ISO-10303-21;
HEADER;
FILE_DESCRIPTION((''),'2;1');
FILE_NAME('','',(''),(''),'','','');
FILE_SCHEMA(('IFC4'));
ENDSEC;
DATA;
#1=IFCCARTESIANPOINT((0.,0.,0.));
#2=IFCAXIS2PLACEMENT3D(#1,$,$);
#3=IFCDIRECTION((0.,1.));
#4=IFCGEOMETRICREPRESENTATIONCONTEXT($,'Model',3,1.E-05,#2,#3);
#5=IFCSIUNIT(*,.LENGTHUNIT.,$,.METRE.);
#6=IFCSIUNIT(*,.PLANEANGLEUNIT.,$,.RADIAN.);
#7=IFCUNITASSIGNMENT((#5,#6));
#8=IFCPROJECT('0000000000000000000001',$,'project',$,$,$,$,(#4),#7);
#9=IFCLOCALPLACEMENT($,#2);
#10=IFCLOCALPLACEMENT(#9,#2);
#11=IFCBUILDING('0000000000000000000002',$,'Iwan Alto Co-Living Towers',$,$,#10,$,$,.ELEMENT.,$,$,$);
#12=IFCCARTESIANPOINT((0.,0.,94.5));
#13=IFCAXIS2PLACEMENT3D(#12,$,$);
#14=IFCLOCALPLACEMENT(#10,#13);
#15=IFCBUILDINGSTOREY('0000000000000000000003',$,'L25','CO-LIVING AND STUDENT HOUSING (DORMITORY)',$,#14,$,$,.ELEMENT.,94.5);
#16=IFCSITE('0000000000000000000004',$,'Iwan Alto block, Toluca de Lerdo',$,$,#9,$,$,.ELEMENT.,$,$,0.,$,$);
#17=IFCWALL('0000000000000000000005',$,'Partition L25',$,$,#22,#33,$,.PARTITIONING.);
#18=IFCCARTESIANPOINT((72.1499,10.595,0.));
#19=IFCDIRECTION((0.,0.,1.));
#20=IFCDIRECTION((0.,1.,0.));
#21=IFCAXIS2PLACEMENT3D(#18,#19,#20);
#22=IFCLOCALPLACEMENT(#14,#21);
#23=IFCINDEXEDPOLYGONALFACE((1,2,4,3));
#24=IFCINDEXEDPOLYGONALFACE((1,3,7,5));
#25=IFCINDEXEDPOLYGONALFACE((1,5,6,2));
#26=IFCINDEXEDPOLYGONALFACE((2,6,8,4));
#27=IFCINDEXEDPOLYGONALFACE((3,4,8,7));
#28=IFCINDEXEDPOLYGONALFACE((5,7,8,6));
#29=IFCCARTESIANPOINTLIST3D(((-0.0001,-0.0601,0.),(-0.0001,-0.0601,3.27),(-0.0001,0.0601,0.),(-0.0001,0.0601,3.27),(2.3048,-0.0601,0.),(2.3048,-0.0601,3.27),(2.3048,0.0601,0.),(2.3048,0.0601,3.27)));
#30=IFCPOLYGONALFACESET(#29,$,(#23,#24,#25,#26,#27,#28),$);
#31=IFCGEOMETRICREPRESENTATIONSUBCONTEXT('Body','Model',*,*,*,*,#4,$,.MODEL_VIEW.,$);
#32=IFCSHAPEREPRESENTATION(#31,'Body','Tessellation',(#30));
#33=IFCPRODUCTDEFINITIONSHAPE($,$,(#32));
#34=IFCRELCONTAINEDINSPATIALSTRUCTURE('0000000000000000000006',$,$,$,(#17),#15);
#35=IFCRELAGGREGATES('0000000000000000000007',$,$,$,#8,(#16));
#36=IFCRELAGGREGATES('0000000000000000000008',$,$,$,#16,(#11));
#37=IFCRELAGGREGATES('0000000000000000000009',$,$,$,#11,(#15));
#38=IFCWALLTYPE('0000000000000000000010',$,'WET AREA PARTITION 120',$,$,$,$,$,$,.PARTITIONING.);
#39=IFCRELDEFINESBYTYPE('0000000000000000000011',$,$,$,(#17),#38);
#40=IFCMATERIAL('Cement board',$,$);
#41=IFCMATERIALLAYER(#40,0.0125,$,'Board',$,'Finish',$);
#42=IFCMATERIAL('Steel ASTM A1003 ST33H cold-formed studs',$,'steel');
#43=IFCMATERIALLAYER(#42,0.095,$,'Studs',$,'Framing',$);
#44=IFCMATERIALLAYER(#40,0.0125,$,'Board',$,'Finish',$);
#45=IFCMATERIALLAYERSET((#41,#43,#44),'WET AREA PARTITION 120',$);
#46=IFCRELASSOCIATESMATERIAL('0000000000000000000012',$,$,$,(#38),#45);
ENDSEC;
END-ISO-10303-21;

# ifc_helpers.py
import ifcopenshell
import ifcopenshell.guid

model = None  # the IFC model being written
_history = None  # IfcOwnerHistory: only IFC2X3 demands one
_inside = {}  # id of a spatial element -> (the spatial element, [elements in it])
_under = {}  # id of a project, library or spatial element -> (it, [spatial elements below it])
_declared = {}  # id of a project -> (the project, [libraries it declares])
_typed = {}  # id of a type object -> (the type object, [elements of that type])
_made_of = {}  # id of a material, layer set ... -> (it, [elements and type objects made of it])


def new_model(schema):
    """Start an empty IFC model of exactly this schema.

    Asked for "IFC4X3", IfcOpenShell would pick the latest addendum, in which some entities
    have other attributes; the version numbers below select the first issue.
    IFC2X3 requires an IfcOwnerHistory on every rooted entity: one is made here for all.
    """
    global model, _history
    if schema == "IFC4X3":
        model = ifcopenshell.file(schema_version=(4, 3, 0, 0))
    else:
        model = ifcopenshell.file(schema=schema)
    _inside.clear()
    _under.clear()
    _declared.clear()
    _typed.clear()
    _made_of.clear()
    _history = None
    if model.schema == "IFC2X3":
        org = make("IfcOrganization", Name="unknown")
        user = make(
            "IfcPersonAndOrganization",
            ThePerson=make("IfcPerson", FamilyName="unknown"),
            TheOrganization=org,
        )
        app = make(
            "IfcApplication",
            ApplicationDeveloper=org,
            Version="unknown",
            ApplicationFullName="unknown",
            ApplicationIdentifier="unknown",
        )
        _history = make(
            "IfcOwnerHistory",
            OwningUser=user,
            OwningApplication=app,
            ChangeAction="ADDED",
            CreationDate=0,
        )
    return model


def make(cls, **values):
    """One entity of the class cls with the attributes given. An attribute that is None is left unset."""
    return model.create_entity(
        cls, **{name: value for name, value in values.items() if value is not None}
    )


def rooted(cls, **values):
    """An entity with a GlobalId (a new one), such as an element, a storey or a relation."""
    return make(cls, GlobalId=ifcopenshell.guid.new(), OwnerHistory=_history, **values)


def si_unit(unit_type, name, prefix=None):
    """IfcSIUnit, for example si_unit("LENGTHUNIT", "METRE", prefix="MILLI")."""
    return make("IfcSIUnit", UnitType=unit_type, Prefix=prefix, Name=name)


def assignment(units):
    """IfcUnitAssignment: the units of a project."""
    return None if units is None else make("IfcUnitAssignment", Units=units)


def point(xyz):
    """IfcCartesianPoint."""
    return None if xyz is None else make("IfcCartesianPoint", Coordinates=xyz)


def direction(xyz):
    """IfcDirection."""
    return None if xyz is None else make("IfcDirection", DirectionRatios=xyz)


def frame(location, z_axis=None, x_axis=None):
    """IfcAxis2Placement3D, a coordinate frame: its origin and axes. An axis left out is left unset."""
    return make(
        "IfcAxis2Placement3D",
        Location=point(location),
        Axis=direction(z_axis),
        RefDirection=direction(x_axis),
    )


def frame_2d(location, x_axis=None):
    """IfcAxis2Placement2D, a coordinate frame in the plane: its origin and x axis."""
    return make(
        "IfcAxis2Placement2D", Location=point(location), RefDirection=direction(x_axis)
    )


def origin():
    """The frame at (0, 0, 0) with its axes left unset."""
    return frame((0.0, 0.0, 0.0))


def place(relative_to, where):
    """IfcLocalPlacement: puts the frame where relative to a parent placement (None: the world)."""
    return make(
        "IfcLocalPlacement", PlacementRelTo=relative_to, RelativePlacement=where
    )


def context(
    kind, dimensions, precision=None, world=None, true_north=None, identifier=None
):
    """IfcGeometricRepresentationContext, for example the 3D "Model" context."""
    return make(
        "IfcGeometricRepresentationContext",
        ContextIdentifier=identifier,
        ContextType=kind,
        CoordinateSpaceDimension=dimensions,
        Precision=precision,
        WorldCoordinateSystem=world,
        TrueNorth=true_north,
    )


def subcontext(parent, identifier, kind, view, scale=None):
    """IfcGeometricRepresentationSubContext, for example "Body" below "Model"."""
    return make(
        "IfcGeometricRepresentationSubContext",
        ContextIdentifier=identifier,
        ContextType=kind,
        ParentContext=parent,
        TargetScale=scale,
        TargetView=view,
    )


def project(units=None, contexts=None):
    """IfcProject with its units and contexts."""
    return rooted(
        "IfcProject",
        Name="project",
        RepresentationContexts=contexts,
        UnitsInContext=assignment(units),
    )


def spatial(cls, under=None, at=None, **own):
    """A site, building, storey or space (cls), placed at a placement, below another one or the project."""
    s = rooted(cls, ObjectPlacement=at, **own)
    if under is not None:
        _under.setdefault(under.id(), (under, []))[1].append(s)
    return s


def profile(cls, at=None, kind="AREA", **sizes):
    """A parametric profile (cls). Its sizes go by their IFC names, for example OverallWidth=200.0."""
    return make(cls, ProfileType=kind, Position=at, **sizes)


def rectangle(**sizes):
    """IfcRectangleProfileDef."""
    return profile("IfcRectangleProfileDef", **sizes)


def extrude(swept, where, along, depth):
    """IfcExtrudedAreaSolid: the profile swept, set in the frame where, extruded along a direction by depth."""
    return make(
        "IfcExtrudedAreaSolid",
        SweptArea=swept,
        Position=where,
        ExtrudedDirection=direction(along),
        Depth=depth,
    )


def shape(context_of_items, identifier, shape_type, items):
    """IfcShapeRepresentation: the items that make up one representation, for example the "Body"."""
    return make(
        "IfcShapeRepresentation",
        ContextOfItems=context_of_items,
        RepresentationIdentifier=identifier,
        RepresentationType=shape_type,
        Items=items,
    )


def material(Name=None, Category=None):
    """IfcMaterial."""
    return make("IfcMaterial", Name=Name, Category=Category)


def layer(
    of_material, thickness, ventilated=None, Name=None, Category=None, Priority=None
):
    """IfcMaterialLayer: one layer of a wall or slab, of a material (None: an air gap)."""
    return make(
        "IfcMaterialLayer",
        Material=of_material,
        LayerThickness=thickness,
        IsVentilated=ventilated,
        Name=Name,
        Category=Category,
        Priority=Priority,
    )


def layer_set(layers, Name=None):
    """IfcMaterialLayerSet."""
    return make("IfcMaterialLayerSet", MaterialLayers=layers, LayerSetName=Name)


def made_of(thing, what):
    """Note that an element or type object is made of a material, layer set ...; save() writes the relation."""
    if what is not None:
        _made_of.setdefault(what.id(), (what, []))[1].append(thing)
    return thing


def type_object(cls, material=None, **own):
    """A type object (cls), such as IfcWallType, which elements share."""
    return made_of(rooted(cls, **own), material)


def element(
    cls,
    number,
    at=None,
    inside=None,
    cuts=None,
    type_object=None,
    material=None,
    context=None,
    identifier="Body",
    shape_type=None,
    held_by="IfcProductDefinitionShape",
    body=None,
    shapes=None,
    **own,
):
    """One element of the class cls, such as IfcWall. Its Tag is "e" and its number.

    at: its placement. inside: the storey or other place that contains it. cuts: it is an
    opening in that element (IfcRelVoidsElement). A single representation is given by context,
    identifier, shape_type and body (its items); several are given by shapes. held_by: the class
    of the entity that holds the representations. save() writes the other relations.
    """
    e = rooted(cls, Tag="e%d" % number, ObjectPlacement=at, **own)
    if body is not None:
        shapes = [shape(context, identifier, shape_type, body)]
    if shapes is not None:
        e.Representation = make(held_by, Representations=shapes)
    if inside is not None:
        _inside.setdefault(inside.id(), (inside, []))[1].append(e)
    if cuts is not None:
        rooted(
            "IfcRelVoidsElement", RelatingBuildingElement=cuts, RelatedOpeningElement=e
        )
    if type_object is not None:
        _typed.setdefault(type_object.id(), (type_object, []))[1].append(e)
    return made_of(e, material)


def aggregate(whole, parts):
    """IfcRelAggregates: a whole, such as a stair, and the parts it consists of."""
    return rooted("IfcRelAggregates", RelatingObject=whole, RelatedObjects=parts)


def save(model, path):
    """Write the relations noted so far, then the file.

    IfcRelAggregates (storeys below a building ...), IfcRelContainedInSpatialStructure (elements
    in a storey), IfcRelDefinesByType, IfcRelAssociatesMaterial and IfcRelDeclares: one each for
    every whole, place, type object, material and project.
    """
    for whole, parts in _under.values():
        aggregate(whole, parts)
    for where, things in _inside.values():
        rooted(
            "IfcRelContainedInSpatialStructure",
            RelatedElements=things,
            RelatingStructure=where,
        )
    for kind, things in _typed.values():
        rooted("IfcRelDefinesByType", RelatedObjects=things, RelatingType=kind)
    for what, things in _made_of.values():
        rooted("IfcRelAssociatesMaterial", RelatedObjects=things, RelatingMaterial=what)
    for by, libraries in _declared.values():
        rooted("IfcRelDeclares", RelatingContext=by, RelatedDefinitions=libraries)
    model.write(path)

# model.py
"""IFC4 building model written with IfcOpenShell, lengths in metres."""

from ifc_helpers import new_model, si_unit, direction, frame, frame_2d, origin, place, context, subcontext, project, spatial, rectangle, extrude, material, layer, layer_set, type_object, element, save


model = new_model("IFC4")

# Units and contexts
model_context = context("Model", 3, precision=1e-05, world=origin(), true_north=direction((0.0, 1.0)))
body_context = subcontext(model_context, "Body", "Model", "MODEL_VIEW")
ifc_project = project(units=[si_unit("LENGTHUNIT", "METRE"), si_unit("PLANEANGLEUNIT", "RADIAN")], contexts=[model_context])

# Site, building, storey
site_placement = place(None, origin())
site = spatial("IfcSite", under=ifc_project, at=site_placement, Name="Iwan Alto block, Toluca de Lerdo", CompositionType="ELEMENT", RefElevation=0.0)
building_placement = place(site_placement, origin())
building = spatial("IfcBuilding", under=site, at=building_placement, Name="Iwan Alto Co-Living Towers", CompositionType="ELEMENT")
storey_placement = place(building_placement, frame((0.0, 0.0, 94.5)))
storey = spatial("IfcBuildingStorey", under=building, at=storey_placement, Name="L25", Description="CO-LIVING AND STUDENT HOUSING (DORMITORY)", CompositionType="ELEMENT", Elevation=94.5)

# Wall
ifc_material_1 = material(Name="Cement board")
ifc_layer_1 = layer(ifc_material_1, 0.0125, Name="Board", Category="Finish")
ifc_material_2 = material(Name="Steel ASTM A1003 ST33H cold-formed studs", Category="steel")
ifc_layer_2 = layer(ifc_material_2, 0.095, Name="Studs", Category="Framing")
ifc_layer_3 = layer(ifc_material_1, 0.0125, Name="Board", Category="Finish")
ifc_layer_set_1 = layer_set([ifc_layer_1, ifc_layer_2, ifc_layer_3], Name="WET AREA PARTITION 120")
wall_type = type_object("IfcWallType", Name="WET AREA PARTITION 120", PredefinedType="PARTITIONING", material=ifc_layer_set_1)
wall_placement = place(storey_placement, frame((72.1499, 10.595, 0.0), z_axis=(0.0, 0.0, 1.0), x_axis=(0.0, 1.0, 0.0)))
element("IfcWall", 1, at=wall_placement, inside=storey, type_object=wall_type, Name="Partition L25", PredefinedType="PARTITIONING", context=body_context, shape_type="SweptSolid", body=[
    extrude(rectangle(XDim=2.3049, YDim=0.1201, at=frame_2d((1.1523, 0.0))), origin(), (0.0, 0.0, 1.0), 3.27),
])

save(model, "model.ifc")
